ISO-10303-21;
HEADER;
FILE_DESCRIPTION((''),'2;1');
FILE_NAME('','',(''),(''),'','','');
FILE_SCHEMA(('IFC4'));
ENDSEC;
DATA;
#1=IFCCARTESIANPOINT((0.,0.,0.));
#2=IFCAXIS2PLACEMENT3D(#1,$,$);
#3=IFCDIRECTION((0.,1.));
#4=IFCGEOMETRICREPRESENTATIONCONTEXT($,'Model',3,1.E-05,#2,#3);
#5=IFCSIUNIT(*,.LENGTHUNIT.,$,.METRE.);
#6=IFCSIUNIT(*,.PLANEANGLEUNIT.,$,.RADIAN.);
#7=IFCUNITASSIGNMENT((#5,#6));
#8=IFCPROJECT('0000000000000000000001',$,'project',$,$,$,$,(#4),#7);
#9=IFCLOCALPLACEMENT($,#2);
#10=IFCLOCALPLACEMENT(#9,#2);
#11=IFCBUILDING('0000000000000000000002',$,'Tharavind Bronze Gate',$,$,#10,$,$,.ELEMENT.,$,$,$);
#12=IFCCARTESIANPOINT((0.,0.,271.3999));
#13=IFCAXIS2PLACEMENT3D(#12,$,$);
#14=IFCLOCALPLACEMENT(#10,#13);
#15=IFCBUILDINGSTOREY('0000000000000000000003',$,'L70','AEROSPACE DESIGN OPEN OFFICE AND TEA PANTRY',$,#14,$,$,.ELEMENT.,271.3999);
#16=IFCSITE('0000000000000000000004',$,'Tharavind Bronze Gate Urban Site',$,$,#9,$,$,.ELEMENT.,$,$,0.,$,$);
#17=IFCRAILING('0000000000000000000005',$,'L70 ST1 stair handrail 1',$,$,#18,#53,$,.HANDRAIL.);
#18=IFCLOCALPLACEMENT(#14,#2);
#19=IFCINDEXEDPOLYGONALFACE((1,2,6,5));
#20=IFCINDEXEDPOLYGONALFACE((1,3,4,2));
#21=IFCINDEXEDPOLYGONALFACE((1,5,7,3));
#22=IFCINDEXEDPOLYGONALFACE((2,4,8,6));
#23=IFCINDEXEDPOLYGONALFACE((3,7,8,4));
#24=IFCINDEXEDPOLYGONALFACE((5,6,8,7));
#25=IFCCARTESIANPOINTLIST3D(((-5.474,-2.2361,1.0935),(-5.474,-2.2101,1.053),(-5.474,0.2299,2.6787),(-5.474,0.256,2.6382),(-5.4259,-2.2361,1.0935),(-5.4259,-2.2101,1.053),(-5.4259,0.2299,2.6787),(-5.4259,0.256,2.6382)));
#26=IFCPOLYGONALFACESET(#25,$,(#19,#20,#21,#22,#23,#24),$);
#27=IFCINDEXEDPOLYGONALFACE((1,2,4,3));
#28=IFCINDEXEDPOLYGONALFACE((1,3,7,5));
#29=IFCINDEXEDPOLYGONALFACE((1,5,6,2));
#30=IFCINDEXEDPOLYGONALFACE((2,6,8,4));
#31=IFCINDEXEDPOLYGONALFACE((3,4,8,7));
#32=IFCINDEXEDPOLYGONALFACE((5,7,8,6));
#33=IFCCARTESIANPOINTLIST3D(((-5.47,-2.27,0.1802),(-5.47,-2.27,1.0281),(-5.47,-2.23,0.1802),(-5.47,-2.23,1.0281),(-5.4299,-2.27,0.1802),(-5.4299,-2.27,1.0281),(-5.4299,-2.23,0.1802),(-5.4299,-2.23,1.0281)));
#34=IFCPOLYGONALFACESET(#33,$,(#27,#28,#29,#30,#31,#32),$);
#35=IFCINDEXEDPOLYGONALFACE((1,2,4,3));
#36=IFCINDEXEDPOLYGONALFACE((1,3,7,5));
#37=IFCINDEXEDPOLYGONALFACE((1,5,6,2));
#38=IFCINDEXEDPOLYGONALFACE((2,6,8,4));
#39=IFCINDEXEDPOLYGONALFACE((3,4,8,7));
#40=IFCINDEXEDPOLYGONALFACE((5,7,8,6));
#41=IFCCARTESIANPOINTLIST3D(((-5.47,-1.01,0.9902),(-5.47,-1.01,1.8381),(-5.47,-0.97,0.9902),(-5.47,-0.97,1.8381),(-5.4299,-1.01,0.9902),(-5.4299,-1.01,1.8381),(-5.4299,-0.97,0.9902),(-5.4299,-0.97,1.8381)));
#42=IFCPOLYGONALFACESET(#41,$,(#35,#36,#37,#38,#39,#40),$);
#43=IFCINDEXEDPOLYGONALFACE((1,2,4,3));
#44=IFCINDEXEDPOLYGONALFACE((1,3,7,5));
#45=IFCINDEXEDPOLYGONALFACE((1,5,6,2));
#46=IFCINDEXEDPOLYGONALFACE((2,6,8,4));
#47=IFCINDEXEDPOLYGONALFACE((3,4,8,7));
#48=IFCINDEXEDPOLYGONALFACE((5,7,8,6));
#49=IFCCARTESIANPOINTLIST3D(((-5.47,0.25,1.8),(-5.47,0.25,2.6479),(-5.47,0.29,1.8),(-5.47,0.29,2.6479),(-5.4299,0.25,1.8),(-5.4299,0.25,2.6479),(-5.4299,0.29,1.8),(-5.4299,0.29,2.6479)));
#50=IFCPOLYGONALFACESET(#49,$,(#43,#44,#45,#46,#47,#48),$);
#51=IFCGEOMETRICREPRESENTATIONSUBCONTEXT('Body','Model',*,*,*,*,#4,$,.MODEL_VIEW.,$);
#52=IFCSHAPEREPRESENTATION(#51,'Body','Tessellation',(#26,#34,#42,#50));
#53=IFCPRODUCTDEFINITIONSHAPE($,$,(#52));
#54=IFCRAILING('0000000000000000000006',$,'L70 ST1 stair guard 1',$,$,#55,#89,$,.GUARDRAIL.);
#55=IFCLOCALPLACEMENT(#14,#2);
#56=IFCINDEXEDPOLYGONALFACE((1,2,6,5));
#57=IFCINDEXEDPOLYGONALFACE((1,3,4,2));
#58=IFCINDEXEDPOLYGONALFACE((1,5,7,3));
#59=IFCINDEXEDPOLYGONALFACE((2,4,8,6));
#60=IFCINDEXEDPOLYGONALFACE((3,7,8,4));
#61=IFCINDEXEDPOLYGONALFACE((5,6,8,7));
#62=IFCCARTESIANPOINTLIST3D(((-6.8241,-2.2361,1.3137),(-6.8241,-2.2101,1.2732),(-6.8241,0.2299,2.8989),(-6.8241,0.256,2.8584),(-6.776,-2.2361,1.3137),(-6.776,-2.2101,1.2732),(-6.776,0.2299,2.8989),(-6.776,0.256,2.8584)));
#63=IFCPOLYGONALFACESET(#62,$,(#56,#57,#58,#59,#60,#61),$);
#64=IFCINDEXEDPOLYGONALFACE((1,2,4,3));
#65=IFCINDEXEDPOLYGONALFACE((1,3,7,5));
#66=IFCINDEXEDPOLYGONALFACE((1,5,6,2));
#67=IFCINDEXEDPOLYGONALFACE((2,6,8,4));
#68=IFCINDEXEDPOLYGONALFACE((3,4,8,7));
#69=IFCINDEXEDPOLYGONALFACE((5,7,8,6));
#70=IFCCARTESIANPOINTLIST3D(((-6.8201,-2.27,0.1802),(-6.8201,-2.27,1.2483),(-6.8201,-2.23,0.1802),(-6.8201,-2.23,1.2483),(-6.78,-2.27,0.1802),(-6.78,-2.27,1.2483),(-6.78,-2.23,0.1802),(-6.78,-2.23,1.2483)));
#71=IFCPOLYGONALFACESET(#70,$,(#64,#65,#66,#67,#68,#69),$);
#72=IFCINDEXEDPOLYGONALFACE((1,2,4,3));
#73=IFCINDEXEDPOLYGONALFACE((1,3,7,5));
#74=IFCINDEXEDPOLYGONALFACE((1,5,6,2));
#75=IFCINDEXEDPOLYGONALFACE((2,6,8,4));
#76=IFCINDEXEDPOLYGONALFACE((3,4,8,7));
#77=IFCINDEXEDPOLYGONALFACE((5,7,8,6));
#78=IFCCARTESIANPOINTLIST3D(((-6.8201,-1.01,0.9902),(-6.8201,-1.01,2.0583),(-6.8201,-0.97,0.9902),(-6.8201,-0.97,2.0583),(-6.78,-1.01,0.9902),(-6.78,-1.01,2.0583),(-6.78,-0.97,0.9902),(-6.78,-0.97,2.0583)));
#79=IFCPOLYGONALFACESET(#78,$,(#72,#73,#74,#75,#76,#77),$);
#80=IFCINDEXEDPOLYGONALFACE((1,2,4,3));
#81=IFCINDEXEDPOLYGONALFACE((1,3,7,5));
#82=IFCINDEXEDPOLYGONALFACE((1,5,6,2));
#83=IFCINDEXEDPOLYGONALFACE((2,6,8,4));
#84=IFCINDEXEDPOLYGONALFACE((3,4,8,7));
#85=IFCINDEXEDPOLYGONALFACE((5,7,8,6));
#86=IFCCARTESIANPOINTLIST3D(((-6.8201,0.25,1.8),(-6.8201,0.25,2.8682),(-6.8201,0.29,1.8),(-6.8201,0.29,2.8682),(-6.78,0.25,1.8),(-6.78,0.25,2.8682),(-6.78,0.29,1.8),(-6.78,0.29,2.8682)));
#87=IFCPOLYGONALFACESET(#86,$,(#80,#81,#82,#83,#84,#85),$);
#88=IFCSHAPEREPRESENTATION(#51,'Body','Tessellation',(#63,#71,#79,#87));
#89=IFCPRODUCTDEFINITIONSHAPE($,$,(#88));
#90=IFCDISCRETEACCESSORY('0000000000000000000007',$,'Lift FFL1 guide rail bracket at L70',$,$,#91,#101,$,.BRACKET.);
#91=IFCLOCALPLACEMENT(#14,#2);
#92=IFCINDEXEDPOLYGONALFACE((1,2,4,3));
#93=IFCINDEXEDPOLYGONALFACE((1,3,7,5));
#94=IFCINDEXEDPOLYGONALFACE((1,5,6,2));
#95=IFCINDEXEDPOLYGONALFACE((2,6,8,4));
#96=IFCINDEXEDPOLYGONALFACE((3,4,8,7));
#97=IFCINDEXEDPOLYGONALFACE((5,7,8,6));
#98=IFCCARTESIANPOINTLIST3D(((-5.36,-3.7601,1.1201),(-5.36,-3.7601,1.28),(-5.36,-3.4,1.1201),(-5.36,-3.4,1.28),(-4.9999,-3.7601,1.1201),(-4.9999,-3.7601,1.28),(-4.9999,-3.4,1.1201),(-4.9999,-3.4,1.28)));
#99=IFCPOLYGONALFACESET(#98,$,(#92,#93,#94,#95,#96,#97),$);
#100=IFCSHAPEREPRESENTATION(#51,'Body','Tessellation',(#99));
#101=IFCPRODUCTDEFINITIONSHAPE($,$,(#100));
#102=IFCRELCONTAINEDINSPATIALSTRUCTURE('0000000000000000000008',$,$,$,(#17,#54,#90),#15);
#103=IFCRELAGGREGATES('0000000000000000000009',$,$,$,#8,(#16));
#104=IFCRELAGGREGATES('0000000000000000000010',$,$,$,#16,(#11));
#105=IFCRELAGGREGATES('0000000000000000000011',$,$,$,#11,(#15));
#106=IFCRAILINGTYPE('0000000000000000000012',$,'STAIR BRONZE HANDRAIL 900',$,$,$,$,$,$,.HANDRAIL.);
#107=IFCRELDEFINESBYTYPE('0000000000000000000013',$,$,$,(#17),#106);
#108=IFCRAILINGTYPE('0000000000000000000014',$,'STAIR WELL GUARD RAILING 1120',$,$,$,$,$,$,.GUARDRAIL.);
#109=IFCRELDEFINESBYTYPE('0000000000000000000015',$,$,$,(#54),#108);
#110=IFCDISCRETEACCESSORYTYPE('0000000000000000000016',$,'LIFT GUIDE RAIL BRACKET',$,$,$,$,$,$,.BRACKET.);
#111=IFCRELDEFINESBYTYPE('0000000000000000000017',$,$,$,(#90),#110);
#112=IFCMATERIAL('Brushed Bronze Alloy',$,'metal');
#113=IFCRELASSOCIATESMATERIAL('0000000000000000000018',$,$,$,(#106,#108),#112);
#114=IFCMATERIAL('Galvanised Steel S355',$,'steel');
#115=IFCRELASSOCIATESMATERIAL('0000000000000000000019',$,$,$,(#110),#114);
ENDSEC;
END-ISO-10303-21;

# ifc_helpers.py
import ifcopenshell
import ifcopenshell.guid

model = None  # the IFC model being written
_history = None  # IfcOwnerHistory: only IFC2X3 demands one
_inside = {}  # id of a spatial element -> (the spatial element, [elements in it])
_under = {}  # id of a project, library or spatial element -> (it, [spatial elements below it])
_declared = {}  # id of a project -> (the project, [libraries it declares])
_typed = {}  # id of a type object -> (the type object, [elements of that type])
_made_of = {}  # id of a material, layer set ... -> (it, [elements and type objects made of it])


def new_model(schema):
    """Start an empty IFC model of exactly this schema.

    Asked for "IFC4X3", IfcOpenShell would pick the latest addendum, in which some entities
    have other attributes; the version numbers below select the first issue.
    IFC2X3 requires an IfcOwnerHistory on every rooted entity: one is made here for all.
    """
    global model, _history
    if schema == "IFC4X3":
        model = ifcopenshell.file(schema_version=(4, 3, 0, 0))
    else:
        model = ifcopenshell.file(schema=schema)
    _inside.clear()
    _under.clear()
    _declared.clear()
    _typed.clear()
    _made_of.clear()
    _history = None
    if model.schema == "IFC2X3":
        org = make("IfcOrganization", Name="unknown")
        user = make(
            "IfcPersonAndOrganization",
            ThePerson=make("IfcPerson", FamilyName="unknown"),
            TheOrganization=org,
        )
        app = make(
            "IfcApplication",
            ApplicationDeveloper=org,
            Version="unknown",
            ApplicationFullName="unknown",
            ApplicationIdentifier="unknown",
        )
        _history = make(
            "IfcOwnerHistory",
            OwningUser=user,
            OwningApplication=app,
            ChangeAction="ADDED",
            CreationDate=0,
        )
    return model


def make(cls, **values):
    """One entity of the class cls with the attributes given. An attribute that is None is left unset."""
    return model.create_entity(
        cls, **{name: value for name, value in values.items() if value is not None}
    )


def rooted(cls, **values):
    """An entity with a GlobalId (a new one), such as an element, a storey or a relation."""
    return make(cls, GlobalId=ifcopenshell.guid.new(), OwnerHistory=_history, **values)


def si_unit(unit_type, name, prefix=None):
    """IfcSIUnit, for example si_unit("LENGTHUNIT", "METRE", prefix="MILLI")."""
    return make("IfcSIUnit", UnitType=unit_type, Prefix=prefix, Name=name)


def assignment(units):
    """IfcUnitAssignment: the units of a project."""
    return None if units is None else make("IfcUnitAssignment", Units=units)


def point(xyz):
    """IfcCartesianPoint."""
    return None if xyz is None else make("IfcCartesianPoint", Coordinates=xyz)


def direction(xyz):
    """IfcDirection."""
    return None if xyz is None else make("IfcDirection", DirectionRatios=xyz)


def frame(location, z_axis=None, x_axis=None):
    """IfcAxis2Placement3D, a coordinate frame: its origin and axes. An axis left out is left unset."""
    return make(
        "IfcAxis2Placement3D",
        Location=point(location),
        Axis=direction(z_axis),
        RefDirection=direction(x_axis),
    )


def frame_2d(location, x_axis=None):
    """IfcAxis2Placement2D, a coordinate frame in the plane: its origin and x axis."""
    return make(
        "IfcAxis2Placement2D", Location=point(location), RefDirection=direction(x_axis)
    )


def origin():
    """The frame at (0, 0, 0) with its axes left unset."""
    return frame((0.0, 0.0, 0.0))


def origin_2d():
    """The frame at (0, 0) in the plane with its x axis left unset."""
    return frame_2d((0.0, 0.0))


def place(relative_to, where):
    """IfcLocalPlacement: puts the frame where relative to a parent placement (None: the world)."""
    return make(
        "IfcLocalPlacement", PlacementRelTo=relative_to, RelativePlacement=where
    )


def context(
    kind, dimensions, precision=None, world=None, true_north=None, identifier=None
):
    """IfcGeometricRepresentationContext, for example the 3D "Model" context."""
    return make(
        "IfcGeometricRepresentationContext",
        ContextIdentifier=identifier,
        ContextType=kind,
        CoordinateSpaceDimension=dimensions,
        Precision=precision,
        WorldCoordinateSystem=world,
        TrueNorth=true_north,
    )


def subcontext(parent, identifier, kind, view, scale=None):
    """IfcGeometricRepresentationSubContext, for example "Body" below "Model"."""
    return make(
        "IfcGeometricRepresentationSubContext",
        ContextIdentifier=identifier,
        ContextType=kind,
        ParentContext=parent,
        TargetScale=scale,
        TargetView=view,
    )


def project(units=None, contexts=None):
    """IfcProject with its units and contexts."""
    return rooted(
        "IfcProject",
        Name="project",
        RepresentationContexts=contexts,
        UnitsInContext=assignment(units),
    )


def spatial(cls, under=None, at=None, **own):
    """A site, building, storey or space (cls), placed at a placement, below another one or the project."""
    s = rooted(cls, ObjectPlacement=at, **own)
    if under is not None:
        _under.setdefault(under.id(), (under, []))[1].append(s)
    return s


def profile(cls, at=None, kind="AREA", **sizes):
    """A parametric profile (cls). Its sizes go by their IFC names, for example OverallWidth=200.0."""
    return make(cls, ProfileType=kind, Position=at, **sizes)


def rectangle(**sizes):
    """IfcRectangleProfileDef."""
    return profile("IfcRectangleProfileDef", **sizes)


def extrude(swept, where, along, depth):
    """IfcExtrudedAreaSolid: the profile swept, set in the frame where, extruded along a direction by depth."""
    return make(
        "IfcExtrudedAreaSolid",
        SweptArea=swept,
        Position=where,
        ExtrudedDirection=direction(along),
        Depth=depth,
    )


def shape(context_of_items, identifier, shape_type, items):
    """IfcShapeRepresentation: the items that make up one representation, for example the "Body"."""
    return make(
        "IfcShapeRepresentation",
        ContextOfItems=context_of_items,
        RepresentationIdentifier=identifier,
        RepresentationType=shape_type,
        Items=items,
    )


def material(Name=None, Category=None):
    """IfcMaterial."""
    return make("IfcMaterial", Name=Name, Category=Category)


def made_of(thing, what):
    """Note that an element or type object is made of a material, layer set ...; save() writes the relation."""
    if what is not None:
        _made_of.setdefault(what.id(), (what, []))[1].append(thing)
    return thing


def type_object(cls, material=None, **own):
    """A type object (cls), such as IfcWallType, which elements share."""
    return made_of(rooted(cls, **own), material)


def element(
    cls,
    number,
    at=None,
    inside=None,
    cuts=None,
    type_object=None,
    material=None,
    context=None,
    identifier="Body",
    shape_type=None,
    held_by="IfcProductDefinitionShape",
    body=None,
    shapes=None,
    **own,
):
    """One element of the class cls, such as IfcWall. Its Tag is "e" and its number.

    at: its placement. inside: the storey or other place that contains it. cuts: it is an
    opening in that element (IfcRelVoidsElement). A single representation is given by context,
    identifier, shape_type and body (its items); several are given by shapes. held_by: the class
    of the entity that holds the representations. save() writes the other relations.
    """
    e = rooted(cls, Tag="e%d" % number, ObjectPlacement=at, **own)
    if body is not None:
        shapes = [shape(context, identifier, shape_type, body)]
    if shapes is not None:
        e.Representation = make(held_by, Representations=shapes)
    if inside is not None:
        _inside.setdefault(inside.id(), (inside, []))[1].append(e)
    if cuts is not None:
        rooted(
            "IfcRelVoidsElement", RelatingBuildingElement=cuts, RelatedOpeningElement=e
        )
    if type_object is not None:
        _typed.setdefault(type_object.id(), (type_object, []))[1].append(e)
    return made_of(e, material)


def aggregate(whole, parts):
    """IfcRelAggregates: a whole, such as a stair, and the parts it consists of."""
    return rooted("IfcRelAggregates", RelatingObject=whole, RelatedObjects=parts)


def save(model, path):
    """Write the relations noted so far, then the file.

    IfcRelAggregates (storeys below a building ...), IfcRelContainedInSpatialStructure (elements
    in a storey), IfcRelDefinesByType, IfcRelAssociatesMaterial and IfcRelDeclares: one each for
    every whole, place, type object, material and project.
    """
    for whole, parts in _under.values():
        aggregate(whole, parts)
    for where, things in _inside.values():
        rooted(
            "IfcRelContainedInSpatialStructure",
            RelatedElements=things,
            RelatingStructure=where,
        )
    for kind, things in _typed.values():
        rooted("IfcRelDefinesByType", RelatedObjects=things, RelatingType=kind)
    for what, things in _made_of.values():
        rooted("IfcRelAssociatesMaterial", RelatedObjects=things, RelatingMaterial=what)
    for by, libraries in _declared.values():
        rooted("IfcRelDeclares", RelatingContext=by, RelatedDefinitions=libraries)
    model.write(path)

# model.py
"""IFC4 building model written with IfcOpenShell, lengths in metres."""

from ifc_helpers import new_model, si_unit, direction, frame, origin, origin_2d, place, context, subcontext, project, spatial, rectangle, extrude, material, type_object, element, save


model = new_model("IFC4")

# Units and contexts
model_context = context("Model", 3, precision=1e-05, world=origin(), true_north=direction((0.0, 1.0)))
body_context = subcontext(model_context, "Body", "Model", "MODEL_VIEW")
ifc_project = project(units=[si_unit("LENGTHUNIT", "METRE"), si_unit("PLANEANGLEUNIT", "RADIAN")], contexts=[model_context])

# Site, building, storey
site_placement = place(None, origin())
site = spatial("IfcSite", under=ifc_project, at=site_placement, Name="Tharavind Bronze Gate Urban Site", CompositionType="ELEMENT", RefElevation=0.0)
building_placement = place(site_placement, origin())
building = spatial("IfcBuilding", under=site, at=building_placement, Name="Tharavind Bronze Gate", CompositionType="ELEMENT")
storey_placement = place(building_placement, frame((0.0, 0.0, 271.3999)))
storey = spatial("IfcBuildingStorey", under=building, at=storey_placement, Name="L70", Description="AEROSPACE DESIGN OPEN OFFICE AND TEA PANTRY", CompositionType="ELEMENT", Elevation=271.3999)

# Railings
ifc_material_1 = material(Name="Brushed Bronze Alloy", Category="metal")
railing_type_1 = type_object("IfcRailingType", Name="STAIR BRONZE HANDRAIL 900", PredefinedType="HANDRAIL", material=ifc_material_1)
railing_1_placement = place(storey_placement, frame((-5.45, -2.25, 0.1802)))
element("IfcRailing", 1, at=railing_1_placement, inside=storey, type_object=railing_type_1, Name="L70 ST1 stair handrail 1", PredefinedType="HANDRAIL", context=body_context, shape_type="SweptSolid", body=[
    extrude(rectangle(XDim=0.0481, YDim=0.0481, at=origin_2d()), frame((0.0, 0.0269, 0.8931), z_axis=(0.0, 0.8412, 0.540725), x_axis=(-1.0, 0.0, 0.0)), (0.0, 0.0, 1.0), 2.9316),
    extrude(rectangle(XDim=0.04, YDim=0.04, at=origin_2d()), origin(), (0.0, 0.0, 1.0), 0.8479),
    extrude(rectangle(XDim=0.04, YDim=0.04, at=origin_2d()), frame((0.0, 1.26, 0.8101)), (0.0, 0.0, 1.0), 0.8479),
    extrude(rectangle(XDim=0.04, YDim=0.04, at=origin_2d()), frame((0.0, 2.52, 1.6199)), (0.0, 0.0, 1.0), 0.8479),
])
railing_type_2 = type_object("IfcRailingType", Name="STAIR WELL GUARD RAILING 1120", PredefinedType="GUARDRAIL", material=ifc_material_1)
railing_2_placement = place(storey_placement, frame((-6.8, -2.25, 0.1802)))
element("IfcRailing", 2, at=railing_2_placement, inside=storey, type_object=railing_type_2, Name="L70 ST1 stair guard 1", PredefinedType="GUARDRAIL", context=body_context, shape_type="SweptSolid", body=[
    extrude(rectangle(XDim=0.0481, YDim=0.0481, at=origin_2d()), frame((0.0, 0.0269, 1.1133), z_axis=(0.0, 0.8412, 0.540725), x_axis=(-1.0, 0.0, 0.0)), (0.0, 0.0, 1.0), 2.9316),
    extrude(rectangle(XDim=0.04, YDim=0.04, at=origin_2d()), origin(), (0.0, 0.0, 1.0), 1.0681),
    extrude(rectangle(XDim=0.04, YDim=0.04, at=origin_2d()), frame((0.0, 1.26, 0.8101)), (0.0, 0.0, 1.0), 1.0681),
    extrude(rectangle(XDim=0.04, YDim=0.04, at=origin_2d()), frame((0.0, 2.52, 1.6199)), (0.0, 0.0, 1.0), 1.0681),
])

# Discrete accessory
ifc_material_2 = material(Name="Galvanised Steel S355", Category="steel")
discrete_accessory_type = type_object("IfcDiscreteAccessoryType", Name="LIFT GUIDE RAIL BRACKET", PredefinedType="BRACKET", material=ifc_material_2)
discrete_accessory_placement = place(storey_placement, frame((-5.1799, -3.5801, 1.1201), z_axis=(0.0, 0.0, 1.0), x_axis=(1.0, 0.0, 0.0)))
element("IfcDiscreteAccessory", 3, at=discrete_accessory_placement, inside=storey, type_object=discrete_accessory_type, Name="Lift FFL1 guide rail bracket at L70", PredefinedType="BRACKET", context=body_context, shape_type="SweptSolid", body=[
    extrude(rectangle(XDim=0.3601, YDim=0.3601, at=origin_2d()), origin(), (0.0, 0.0, 1.0), 0.1599),
])

save(model, "model.ifc")
